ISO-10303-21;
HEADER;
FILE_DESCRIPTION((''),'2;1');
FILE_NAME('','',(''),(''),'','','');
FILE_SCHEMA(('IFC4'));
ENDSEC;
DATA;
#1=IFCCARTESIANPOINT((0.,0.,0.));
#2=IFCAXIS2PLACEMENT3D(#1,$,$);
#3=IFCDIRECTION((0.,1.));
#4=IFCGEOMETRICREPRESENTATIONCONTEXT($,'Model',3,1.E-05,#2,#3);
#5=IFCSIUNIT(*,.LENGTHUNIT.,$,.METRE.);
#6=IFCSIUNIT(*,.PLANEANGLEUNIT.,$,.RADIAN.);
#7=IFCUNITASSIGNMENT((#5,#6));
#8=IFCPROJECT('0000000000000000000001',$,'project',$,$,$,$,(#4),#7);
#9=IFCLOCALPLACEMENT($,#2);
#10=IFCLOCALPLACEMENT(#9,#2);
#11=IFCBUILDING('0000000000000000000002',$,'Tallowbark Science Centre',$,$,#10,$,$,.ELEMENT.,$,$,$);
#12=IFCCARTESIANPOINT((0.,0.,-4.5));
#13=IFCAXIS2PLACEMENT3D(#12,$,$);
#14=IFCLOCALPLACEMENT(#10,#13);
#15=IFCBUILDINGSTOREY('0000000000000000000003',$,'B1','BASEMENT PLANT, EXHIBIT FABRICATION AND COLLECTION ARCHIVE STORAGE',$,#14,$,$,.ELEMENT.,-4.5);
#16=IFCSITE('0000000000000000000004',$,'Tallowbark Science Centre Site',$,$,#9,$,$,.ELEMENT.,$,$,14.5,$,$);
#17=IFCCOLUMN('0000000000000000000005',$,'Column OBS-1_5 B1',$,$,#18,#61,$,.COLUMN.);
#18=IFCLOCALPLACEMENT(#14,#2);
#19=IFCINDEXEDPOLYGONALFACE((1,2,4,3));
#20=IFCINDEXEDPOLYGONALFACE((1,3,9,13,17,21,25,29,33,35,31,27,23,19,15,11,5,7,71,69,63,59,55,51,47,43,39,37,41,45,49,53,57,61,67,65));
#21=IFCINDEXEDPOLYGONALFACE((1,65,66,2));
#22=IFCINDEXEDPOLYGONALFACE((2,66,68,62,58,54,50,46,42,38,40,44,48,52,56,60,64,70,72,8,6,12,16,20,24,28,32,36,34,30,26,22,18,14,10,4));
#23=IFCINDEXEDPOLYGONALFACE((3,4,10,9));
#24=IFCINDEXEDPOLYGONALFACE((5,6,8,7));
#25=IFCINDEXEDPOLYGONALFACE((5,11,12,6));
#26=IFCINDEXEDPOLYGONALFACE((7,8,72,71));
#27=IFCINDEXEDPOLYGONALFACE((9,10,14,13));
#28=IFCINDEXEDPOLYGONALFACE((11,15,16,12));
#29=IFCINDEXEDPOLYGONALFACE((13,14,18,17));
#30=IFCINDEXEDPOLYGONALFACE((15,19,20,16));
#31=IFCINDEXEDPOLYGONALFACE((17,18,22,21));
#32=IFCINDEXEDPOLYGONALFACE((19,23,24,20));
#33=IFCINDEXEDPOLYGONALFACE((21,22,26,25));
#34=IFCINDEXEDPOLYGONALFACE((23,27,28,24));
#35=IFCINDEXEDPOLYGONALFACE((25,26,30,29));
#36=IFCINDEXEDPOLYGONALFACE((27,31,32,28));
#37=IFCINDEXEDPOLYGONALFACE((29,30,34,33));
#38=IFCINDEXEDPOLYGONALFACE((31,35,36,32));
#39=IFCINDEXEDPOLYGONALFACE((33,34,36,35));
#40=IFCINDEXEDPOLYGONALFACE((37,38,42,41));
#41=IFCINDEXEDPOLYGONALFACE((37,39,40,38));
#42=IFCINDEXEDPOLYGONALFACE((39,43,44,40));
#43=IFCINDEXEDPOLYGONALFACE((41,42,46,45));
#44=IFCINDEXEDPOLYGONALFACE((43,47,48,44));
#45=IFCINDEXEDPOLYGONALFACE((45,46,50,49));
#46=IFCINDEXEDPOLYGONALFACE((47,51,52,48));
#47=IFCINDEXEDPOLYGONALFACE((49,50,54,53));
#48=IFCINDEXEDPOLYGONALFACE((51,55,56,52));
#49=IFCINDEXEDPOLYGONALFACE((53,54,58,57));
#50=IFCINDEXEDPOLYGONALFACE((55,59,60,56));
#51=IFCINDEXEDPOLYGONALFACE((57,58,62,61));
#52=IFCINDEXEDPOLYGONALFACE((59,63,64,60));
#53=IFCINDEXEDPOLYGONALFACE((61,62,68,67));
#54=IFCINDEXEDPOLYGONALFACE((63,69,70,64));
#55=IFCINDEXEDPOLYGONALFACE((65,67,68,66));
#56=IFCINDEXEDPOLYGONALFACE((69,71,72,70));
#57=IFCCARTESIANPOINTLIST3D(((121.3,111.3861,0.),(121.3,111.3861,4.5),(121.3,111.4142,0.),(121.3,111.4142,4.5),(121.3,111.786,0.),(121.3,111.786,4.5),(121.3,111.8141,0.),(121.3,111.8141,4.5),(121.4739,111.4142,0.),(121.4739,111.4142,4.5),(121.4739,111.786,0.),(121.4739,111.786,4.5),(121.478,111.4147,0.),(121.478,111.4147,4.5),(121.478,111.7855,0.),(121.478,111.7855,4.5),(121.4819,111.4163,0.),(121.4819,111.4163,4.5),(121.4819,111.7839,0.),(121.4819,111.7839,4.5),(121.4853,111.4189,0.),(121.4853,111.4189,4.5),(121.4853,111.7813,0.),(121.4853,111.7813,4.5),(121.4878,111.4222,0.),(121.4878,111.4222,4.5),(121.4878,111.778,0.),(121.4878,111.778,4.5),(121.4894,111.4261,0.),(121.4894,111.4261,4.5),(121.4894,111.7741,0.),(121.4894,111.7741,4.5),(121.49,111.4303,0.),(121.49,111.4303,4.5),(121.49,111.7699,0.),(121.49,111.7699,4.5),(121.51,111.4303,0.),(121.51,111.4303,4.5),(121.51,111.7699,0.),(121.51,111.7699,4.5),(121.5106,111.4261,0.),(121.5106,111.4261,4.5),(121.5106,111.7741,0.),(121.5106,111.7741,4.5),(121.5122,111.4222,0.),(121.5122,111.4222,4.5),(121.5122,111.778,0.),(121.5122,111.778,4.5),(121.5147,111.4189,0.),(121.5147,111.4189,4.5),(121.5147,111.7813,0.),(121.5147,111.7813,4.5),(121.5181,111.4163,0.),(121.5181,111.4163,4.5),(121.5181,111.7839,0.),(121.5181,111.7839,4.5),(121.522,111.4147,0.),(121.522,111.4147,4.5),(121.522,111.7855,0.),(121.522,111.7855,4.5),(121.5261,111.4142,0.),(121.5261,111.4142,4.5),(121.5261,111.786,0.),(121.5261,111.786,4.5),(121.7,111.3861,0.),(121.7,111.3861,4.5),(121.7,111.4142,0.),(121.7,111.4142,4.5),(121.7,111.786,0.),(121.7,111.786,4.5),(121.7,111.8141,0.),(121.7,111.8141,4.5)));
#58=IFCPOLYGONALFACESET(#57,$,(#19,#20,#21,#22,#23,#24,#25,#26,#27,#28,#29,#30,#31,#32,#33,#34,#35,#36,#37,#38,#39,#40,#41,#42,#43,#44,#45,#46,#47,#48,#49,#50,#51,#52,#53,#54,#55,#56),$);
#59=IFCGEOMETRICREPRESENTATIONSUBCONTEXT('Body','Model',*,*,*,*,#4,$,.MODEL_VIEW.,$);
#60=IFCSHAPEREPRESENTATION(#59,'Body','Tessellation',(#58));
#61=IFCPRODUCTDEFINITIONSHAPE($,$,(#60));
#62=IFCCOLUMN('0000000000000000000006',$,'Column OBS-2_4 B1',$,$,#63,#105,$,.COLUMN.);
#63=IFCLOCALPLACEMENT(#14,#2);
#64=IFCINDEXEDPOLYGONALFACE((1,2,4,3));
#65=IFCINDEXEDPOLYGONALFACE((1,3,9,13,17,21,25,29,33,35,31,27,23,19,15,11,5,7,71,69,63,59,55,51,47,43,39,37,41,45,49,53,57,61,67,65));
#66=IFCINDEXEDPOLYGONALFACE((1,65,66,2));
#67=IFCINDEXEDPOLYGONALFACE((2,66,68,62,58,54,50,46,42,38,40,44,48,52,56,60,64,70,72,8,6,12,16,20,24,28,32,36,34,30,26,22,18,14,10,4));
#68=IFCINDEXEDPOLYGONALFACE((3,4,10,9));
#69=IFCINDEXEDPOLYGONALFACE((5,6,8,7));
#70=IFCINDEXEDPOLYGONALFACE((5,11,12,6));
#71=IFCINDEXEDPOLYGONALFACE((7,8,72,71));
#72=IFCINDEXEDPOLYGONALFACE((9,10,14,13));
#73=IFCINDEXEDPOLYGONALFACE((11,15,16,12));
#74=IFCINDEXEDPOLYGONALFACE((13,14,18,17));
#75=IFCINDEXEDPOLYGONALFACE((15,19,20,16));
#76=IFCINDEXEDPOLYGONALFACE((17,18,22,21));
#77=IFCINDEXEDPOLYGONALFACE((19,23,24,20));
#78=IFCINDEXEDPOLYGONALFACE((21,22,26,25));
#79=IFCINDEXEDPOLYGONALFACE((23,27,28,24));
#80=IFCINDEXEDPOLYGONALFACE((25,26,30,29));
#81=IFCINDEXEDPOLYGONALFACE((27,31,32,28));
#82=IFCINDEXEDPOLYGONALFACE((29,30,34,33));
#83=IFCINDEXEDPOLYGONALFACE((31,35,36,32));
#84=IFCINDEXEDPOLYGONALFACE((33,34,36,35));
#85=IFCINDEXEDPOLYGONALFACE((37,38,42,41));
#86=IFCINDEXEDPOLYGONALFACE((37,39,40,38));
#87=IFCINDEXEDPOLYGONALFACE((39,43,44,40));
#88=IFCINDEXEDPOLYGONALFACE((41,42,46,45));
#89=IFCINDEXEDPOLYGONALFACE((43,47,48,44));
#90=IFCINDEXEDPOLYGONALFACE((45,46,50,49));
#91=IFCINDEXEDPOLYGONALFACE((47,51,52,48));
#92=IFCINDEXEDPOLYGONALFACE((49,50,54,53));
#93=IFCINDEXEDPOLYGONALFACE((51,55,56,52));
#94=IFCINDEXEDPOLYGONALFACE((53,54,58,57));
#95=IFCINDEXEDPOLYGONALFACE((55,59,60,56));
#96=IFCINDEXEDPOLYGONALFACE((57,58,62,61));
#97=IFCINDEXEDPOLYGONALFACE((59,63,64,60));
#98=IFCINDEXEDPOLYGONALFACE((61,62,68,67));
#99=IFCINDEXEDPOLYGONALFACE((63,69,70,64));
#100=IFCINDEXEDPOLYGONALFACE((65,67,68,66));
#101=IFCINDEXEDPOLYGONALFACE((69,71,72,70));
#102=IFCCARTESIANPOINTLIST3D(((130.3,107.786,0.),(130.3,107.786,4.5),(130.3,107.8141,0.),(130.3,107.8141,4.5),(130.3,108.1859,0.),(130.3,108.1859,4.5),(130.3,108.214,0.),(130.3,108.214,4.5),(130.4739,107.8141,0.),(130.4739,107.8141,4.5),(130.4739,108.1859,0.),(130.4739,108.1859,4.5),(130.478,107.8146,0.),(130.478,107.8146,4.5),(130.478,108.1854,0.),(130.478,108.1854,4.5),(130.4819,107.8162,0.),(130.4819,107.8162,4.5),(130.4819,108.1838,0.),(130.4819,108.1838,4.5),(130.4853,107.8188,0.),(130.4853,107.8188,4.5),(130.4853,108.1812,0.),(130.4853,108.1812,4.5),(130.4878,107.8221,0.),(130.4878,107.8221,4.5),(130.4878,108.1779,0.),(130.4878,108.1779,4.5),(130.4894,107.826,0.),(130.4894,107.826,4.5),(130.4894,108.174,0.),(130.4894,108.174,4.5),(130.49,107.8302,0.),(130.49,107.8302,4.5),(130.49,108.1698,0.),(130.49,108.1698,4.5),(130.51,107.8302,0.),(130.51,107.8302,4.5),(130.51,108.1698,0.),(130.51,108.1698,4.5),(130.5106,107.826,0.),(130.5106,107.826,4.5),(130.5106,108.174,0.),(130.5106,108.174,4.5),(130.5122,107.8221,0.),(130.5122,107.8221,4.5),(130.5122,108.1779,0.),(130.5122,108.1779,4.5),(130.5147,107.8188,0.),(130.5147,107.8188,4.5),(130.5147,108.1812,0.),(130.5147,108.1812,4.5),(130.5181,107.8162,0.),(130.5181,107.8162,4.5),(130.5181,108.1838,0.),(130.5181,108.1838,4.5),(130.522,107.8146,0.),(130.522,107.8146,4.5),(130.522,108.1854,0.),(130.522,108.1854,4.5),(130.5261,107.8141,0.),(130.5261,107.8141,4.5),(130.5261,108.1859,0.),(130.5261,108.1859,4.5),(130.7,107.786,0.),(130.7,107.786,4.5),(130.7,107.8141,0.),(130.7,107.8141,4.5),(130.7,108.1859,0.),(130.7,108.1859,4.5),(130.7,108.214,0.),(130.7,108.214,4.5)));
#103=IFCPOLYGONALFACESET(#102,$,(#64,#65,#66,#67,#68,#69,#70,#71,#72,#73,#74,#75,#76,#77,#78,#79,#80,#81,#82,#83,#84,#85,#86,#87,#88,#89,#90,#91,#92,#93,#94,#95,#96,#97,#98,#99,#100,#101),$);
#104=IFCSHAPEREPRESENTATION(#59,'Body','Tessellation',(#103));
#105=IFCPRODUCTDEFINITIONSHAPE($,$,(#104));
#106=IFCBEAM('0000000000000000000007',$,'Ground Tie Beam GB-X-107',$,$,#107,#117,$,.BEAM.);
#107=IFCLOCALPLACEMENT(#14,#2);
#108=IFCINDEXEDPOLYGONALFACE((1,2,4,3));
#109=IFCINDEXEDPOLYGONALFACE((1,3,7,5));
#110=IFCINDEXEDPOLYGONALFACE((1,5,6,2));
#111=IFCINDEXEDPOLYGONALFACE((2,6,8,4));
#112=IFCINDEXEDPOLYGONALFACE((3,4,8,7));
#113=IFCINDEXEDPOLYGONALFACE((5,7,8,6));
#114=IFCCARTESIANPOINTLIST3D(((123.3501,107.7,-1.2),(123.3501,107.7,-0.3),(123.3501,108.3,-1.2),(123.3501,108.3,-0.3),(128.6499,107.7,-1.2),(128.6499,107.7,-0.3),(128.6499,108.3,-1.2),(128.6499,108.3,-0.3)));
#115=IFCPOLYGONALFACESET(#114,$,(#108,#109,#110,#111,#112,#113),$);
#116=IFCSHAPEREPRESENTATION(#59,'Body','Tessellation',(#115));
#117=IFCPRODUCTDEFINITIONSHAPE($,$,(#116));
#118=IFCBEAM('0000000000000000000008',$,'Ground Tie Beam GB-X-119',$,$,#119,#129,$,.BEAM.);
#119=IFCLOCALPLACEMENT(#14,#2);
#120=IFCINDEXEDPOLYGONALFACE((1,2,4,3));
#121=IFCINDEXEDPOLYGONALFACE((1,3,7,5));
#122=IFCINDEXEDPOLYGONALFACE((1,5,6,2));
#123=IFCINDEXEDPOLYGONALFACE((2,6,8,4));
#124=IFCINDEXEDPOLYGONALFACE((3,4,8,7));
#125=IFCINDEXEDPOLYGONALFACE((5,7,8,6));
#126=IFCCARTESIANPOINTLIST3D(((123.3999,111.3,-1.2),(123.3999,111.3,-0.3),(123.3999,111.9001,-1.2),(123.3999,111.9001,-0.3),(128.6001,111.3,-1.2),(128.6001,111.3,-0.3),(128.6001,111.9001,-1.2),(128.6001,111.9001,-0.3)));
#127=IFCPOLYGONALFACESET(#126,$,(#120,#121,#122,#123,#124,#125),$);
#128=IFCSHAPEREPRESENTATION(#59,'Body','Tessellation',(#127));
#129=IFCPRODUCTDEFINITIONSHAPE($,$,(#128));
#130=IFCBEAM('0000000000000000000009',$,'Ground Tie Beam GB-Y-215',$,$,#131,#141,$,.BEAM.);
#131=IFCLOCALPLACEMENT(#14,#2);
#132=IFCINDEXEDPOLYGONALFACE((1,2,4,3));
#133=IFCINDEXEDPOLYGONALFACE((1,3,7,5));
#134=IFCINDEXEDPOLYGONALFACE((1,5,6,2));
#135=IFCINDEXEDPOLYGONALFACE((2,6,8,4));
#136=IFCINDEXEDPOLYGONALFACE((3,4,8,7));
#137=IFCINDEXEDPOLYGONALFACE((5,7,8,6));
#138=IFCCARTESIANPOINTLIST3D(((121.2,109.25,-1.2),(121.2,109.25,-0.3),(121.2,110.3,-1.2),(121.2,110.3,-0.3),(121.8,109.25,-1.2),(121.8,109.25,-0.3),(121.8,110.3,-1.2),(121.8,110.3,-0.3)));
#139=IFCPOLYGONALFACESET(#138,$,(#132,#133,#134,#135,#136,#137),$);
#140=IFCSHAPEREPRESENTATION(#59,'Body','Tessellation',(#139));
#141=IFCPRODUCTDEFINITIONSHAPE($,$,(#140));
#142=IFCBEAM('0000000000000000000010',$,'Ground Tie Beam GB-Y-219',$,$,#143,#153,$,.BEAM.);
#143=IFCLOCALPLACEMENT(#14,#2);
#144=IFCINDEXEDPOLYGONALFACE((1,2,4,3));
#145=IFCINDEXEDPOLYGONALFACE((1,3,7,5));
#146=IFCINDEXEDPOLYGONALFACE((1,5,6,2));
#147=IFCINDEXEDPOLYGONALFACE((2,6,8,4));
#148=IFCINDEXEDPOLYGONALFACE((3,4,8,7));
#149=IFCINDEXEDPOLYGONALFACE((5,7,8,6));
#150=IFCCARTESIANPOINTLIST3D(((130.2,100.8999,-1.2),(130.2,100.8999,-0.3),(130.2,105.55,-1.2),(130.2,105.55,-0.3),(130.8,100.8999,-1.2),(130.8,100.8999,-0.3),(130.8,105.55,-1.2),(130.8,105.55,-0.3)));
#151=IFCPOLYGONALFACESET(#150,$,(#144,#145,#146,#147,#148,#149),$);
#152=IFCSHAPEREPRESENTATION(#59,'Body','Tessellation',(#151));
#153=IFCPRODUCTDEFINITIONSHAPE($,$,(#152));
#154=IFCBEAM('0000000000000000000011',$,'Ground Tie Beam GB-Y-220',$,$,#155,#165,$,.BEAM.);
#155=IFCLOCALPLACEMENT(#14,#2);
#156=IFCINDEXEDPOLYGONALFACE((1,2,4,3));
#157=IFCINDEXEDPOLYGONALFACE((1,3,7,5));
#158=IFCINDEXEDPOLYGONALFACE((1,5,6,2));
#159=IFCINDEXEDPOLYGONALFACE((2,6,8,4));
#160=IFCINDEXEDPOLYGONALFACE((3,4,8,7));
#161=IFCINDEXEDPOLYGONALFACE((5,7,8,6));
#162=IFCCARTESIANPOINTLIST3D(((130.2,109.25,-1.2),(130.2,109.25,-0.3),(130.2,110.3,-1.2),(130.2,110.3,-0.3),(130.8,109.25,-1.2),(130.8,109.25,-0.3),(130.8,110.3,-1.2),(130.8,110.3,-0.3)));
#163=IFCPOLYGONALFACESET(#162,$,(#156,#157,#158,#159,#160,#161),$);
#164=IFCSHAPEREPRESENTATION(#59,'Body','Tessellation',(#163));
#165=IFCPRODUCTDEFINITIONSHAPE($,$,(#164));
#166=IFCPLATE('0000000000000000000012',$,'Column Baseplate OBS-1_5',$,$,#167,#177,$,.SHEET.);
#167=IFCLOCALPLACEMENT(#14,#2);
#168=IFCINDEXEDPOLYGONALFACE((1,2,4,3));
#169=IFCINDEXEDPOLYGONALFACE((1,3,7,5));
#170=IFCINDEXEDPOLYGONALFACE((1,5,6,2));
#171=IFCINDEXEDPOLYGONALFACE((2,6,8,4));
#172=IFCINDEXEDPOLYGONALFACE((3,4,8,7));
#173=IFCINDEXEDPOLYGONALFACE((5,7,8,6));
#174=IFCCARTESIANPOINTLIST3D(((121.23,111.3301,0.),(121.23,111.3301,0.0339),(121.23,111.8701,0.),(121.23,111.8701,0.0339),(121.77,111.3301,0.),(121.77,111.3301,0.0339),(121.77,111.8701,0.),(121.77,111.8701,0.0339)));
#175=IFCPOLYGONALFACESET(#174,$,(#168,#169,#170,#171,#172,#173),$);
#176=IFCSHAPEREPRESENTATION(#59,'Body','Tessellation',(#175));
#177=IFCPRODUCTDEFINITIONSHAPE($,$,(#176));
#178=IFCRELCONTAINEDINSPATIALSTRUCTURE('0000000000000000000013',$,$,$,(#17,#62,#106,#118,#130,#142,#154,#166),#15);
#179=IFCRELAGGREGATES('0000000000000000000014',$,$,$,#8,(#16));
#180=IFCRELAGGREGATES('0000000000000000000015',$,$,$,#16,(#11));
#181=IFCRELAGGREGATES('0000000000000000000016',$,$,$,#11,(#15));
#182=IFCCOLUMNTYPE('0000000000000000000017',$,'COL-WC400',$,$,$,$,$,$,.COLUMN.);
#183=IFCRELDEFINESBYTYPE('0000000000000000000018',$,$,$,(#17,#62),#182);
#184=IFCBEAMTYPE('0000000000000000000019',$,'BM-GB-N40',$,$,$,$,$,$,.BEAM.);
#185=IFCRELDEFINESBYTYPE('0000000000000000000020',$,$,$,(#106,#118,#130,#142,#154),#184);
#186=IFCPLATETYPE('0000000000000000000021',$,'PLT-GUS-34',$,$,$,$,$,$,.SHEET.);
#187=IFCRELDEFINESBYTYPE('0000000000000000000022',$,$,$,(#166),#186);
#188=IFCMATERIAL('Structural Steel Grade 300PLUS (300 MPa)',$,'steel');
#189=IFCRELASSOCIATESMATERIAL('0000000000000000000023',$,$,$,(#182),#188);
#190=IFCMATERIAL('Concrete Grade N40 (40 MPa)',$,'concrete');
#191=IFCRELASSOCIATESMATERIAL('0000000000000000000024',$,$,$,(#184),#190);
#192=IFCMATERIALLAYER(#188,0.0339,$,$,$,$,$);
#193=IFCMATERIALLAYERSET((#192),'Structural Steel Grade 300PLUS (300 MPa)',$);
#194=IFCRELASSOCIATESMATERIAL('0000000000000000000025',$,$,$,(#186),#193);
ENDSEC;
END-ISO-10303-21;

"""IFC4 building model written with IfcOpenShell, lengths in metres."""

from ifc_helpers import new_model, si_unit, direction, frame, origin, origin_2d, place, context, subcontext, project, spatial, rectangle, i_section, extrude, material, layer, layer_set, material_profile, profile_set, type_object, element, save


model = new_model("IFC4")

# Units and contexts
model_context = context("Model", 3, precision=1e-05, world=origin(), true_north=direction((0.0, 1.0)))
body_context = subcontext(model_context, "Body", "Model", "MODEL_VIEW")
ifc_project = project(units=[si_unit("LENGTHUNIT", "METRE"), si_unit("PLANEANGLEUNIT", "RADIAN")], contexts=[model_context])

# Site, building, storey
site_placement = place(None, origin())
site = spatial("IfcSite", under=ifc_project, at=site_placement, Name="Tallowbark Science Centre Site", CompositionType="ELEMENT", RefElevation=14.5)
building_placement = place(site_placement, origin())
building = spatial("IfcBuilding", under=site, at=building_placement, Name="Tallowbark Science Centre", CompositionType="ELEMENT")
storey_placement = place(building_placement, frame((0.0, 0.0, -4.5)))
storey = spatial("IfcBuildingStorey", under=building, at=storey_placement, Name="B1", Description="BASEMENT PLANT, EXHIBIT FABRICATION AND COLLECTION ARCHIVE STORAGE", CompositionType="ELEMENT", Elevation=-4.5)

# Shared definitions
ifc_material_1 = material(Name="Concrete Grade N40 (40 MPa)", Category="concrete")

# Columns
ifc_material_2 = material(Name="Structural Steel Grade 300PLUS (300 MPa)", Category="steel")
ifc_material_profile_1 = material_profile(ifc_material_2, i_section(OverallWidth=0.3999, OverallDepth=0.428, WebThickness=0.02, FlangeThickness=0.0281, FilletRadius=0.0161, at=origin_2d()), Name="400WC270")
ifc_profile_set_1 = profile_set([ifc_material_profile_1], Name="Structural Steel Grade 300PLUS (300 MPa)")
column_type = type_object("IfcColumnType", Name="COL-WC400", PredefinedType="COLUMN", material=ifc_profile_set_1)
for number, where, z_axis, x_axis, name in (
    (1, (121.5, 111.6001, 0.0), (0.0, 0.0, 1.0), (1.0, 0.0, 0.0), "Column OBS-1_5 B1"),
    (2, (130.5, 108.0, 0.0), (0.0, 0.0, 1.0), (1.0, 0.0, 0.0), "Column OBS-2_4 B1"),
):
    element("IfcColumn", number, at=place(storey_placement, frame(where, z_axis=z_axis, x_axis=x_axis)), inside=storey, type_object=column_type, Name=name, PredefinedType="COLUMN", context=body_context, shape_type="SweptSolid", body=[
        extrude(i_section(OverallWidth=0.3999, OverallDepth=0.428, WebThickness=0.02, FlangeThickness=0.0281, FilletRadius=0.0161, at=origin_2d()), origin(), (0.0, 0.0, 1.0), 4.5),
    ])

# Beams
ifc_material_profile_2 = material_profile(ifc_material_1, rectangle(XDim=0.6001, YDim=0.8999, at=origin_2d()), Name="RC600x900")
ifc_profile_set_2 = profile_set([ifc_material_profile_2], Name="Concrete Grade N40 (40 MPa)")
beam_type = type_object("IfcBeamType", Name="BM-GB-N40", PredefinedType="BEAM", material=ifc_profile_set_2)
beam_1_placement = place(storey_placement, frame((123.3501, 108.0, -0.75), z_axis=(1.0, 0.0, 0.0), x_axis=(0.0, 1.0, 0.0)))
element("IfcBeam", 3, at=beam_1_placement, inside=storey, type_object=beam_type, Name="Ground Tie Beam GB-X-107", PredefinedType="BEAM", context=body_context, shape_type="SweptSolid", body=[
    extrude(rectangle(XDim=0.6001, YDim=0.8999, at=origin_2d()), origin(), (0.0, 0.0, 1.0), 5.2998),
])
beam_2_placement = place(storey_placement, frame((123.3999, 111.6001, -0.75), z_axis=(1.0, 0.0, 0.0), x_axis=(0.0, 1.0, 0.0)))
element("IfcBeam", 4, at=beam_2_placement, inside=storey, type_object=beam_type, Name="Ground Tie Beam GB-X-119", PredefinedType="BEAM", context=body_context, shape_type="SweptSolid", body=[
    extrude(rectangle(XDim=0.6001, YDim=0.8999, at=origin_2d()), origin(), (0.0, 0.0, 1.0), 5.2002),
])
beam_3_placement = place(storey_placement, frame((121.5, 109.25, -0.75), z_axis=(0.0, 1.0, 0.0), x_axis=(-1.0, 0.0, 0.0)))
element("IfcBeam", 5, at=beam_3_placement, inside=storey, type_object=beam_type, Name="Ground Tie Beam GB-Y-215", PredefinedType="BEAM", context=body_context, shape_type="SweptSolid", body=[
    extrude(rectangle(XDim=0.6001, YDim=0.8999, at=origin_2d()), origin(), (0.0, 0.0, 1.0), 1.05),
])
beam_4_placement = place(storey_placement, frame((130.5, 100.8999, -0.75), z_axis=(0.0, 1.0, 0.0), x_axis=(-1.0, 0.0, 0.0)))
element("IfcBeam", 6, at=beam_4_placement, inside=storey, type_object=beam_type, Name="Ground Tie Beam GB-Y-219", PredefinedType="BEAM", context=body_context, shape_type="SweptSolid", body=[
    extrude(rectangle(XDim=0.6001, YDim=0.8999, at=origin_2d()), origin(), (0.0, 0.0, 1.0), 4.6501),
])
beam_5_placement = place(storey_placement, frame((130.5, 109.25, -0.75), z_axis=(0.0, 1.0, 0.0), x_axis=(-1.0, 0.0, 0.0)))
element("IfcBeam", 7, at=beam_5_placement, inside=storey, type_object=beam_type, Name="Ground Tie Beam GB-Y-220", PredefinedType="BEAM", context=body_context, shape_type="SweptSolid", body=[
    extrude(rectangle(XDim=0.6001, YDim=0.8999, at=origin_2d()), origin(), (0.0, 0.0, 1.0), 1.05),
])

# Plate
ifc_layer_1 = layer(ifc_material_2, 0.0339)
ifc_layer_set_1 = layer_set([ifc_layer_1], Name="Structural Steel Grade 300PLUS (300 MPa)")
plate_type = type_object("IfcPlateType", Name="PLT-GUS-34", PredefinedType="SHEET", material=ifc_layer_set_1)
plate_placement = place(storey_placement, frame((121.5, 111.6001, 0.0), z_axis=(0.0, 0.0, 1.0), x_axis=(1.0, 0.0, 0.0)))
element("IfcPlate", 8, at=plate_placement, inside=storey, type_object=plate_type, Name="Column Baseplate OBS-1_5", PredefinedType="SHEET", context=body_context, shape_type="SweptSolid", body=[
    extrude(rectangle(XDim=0.54, YDim=0.54, at=origin_2d()), origin(), (0.0, 0.0, 1.0), 0.0339),
])

save(model, "model.ifc")
